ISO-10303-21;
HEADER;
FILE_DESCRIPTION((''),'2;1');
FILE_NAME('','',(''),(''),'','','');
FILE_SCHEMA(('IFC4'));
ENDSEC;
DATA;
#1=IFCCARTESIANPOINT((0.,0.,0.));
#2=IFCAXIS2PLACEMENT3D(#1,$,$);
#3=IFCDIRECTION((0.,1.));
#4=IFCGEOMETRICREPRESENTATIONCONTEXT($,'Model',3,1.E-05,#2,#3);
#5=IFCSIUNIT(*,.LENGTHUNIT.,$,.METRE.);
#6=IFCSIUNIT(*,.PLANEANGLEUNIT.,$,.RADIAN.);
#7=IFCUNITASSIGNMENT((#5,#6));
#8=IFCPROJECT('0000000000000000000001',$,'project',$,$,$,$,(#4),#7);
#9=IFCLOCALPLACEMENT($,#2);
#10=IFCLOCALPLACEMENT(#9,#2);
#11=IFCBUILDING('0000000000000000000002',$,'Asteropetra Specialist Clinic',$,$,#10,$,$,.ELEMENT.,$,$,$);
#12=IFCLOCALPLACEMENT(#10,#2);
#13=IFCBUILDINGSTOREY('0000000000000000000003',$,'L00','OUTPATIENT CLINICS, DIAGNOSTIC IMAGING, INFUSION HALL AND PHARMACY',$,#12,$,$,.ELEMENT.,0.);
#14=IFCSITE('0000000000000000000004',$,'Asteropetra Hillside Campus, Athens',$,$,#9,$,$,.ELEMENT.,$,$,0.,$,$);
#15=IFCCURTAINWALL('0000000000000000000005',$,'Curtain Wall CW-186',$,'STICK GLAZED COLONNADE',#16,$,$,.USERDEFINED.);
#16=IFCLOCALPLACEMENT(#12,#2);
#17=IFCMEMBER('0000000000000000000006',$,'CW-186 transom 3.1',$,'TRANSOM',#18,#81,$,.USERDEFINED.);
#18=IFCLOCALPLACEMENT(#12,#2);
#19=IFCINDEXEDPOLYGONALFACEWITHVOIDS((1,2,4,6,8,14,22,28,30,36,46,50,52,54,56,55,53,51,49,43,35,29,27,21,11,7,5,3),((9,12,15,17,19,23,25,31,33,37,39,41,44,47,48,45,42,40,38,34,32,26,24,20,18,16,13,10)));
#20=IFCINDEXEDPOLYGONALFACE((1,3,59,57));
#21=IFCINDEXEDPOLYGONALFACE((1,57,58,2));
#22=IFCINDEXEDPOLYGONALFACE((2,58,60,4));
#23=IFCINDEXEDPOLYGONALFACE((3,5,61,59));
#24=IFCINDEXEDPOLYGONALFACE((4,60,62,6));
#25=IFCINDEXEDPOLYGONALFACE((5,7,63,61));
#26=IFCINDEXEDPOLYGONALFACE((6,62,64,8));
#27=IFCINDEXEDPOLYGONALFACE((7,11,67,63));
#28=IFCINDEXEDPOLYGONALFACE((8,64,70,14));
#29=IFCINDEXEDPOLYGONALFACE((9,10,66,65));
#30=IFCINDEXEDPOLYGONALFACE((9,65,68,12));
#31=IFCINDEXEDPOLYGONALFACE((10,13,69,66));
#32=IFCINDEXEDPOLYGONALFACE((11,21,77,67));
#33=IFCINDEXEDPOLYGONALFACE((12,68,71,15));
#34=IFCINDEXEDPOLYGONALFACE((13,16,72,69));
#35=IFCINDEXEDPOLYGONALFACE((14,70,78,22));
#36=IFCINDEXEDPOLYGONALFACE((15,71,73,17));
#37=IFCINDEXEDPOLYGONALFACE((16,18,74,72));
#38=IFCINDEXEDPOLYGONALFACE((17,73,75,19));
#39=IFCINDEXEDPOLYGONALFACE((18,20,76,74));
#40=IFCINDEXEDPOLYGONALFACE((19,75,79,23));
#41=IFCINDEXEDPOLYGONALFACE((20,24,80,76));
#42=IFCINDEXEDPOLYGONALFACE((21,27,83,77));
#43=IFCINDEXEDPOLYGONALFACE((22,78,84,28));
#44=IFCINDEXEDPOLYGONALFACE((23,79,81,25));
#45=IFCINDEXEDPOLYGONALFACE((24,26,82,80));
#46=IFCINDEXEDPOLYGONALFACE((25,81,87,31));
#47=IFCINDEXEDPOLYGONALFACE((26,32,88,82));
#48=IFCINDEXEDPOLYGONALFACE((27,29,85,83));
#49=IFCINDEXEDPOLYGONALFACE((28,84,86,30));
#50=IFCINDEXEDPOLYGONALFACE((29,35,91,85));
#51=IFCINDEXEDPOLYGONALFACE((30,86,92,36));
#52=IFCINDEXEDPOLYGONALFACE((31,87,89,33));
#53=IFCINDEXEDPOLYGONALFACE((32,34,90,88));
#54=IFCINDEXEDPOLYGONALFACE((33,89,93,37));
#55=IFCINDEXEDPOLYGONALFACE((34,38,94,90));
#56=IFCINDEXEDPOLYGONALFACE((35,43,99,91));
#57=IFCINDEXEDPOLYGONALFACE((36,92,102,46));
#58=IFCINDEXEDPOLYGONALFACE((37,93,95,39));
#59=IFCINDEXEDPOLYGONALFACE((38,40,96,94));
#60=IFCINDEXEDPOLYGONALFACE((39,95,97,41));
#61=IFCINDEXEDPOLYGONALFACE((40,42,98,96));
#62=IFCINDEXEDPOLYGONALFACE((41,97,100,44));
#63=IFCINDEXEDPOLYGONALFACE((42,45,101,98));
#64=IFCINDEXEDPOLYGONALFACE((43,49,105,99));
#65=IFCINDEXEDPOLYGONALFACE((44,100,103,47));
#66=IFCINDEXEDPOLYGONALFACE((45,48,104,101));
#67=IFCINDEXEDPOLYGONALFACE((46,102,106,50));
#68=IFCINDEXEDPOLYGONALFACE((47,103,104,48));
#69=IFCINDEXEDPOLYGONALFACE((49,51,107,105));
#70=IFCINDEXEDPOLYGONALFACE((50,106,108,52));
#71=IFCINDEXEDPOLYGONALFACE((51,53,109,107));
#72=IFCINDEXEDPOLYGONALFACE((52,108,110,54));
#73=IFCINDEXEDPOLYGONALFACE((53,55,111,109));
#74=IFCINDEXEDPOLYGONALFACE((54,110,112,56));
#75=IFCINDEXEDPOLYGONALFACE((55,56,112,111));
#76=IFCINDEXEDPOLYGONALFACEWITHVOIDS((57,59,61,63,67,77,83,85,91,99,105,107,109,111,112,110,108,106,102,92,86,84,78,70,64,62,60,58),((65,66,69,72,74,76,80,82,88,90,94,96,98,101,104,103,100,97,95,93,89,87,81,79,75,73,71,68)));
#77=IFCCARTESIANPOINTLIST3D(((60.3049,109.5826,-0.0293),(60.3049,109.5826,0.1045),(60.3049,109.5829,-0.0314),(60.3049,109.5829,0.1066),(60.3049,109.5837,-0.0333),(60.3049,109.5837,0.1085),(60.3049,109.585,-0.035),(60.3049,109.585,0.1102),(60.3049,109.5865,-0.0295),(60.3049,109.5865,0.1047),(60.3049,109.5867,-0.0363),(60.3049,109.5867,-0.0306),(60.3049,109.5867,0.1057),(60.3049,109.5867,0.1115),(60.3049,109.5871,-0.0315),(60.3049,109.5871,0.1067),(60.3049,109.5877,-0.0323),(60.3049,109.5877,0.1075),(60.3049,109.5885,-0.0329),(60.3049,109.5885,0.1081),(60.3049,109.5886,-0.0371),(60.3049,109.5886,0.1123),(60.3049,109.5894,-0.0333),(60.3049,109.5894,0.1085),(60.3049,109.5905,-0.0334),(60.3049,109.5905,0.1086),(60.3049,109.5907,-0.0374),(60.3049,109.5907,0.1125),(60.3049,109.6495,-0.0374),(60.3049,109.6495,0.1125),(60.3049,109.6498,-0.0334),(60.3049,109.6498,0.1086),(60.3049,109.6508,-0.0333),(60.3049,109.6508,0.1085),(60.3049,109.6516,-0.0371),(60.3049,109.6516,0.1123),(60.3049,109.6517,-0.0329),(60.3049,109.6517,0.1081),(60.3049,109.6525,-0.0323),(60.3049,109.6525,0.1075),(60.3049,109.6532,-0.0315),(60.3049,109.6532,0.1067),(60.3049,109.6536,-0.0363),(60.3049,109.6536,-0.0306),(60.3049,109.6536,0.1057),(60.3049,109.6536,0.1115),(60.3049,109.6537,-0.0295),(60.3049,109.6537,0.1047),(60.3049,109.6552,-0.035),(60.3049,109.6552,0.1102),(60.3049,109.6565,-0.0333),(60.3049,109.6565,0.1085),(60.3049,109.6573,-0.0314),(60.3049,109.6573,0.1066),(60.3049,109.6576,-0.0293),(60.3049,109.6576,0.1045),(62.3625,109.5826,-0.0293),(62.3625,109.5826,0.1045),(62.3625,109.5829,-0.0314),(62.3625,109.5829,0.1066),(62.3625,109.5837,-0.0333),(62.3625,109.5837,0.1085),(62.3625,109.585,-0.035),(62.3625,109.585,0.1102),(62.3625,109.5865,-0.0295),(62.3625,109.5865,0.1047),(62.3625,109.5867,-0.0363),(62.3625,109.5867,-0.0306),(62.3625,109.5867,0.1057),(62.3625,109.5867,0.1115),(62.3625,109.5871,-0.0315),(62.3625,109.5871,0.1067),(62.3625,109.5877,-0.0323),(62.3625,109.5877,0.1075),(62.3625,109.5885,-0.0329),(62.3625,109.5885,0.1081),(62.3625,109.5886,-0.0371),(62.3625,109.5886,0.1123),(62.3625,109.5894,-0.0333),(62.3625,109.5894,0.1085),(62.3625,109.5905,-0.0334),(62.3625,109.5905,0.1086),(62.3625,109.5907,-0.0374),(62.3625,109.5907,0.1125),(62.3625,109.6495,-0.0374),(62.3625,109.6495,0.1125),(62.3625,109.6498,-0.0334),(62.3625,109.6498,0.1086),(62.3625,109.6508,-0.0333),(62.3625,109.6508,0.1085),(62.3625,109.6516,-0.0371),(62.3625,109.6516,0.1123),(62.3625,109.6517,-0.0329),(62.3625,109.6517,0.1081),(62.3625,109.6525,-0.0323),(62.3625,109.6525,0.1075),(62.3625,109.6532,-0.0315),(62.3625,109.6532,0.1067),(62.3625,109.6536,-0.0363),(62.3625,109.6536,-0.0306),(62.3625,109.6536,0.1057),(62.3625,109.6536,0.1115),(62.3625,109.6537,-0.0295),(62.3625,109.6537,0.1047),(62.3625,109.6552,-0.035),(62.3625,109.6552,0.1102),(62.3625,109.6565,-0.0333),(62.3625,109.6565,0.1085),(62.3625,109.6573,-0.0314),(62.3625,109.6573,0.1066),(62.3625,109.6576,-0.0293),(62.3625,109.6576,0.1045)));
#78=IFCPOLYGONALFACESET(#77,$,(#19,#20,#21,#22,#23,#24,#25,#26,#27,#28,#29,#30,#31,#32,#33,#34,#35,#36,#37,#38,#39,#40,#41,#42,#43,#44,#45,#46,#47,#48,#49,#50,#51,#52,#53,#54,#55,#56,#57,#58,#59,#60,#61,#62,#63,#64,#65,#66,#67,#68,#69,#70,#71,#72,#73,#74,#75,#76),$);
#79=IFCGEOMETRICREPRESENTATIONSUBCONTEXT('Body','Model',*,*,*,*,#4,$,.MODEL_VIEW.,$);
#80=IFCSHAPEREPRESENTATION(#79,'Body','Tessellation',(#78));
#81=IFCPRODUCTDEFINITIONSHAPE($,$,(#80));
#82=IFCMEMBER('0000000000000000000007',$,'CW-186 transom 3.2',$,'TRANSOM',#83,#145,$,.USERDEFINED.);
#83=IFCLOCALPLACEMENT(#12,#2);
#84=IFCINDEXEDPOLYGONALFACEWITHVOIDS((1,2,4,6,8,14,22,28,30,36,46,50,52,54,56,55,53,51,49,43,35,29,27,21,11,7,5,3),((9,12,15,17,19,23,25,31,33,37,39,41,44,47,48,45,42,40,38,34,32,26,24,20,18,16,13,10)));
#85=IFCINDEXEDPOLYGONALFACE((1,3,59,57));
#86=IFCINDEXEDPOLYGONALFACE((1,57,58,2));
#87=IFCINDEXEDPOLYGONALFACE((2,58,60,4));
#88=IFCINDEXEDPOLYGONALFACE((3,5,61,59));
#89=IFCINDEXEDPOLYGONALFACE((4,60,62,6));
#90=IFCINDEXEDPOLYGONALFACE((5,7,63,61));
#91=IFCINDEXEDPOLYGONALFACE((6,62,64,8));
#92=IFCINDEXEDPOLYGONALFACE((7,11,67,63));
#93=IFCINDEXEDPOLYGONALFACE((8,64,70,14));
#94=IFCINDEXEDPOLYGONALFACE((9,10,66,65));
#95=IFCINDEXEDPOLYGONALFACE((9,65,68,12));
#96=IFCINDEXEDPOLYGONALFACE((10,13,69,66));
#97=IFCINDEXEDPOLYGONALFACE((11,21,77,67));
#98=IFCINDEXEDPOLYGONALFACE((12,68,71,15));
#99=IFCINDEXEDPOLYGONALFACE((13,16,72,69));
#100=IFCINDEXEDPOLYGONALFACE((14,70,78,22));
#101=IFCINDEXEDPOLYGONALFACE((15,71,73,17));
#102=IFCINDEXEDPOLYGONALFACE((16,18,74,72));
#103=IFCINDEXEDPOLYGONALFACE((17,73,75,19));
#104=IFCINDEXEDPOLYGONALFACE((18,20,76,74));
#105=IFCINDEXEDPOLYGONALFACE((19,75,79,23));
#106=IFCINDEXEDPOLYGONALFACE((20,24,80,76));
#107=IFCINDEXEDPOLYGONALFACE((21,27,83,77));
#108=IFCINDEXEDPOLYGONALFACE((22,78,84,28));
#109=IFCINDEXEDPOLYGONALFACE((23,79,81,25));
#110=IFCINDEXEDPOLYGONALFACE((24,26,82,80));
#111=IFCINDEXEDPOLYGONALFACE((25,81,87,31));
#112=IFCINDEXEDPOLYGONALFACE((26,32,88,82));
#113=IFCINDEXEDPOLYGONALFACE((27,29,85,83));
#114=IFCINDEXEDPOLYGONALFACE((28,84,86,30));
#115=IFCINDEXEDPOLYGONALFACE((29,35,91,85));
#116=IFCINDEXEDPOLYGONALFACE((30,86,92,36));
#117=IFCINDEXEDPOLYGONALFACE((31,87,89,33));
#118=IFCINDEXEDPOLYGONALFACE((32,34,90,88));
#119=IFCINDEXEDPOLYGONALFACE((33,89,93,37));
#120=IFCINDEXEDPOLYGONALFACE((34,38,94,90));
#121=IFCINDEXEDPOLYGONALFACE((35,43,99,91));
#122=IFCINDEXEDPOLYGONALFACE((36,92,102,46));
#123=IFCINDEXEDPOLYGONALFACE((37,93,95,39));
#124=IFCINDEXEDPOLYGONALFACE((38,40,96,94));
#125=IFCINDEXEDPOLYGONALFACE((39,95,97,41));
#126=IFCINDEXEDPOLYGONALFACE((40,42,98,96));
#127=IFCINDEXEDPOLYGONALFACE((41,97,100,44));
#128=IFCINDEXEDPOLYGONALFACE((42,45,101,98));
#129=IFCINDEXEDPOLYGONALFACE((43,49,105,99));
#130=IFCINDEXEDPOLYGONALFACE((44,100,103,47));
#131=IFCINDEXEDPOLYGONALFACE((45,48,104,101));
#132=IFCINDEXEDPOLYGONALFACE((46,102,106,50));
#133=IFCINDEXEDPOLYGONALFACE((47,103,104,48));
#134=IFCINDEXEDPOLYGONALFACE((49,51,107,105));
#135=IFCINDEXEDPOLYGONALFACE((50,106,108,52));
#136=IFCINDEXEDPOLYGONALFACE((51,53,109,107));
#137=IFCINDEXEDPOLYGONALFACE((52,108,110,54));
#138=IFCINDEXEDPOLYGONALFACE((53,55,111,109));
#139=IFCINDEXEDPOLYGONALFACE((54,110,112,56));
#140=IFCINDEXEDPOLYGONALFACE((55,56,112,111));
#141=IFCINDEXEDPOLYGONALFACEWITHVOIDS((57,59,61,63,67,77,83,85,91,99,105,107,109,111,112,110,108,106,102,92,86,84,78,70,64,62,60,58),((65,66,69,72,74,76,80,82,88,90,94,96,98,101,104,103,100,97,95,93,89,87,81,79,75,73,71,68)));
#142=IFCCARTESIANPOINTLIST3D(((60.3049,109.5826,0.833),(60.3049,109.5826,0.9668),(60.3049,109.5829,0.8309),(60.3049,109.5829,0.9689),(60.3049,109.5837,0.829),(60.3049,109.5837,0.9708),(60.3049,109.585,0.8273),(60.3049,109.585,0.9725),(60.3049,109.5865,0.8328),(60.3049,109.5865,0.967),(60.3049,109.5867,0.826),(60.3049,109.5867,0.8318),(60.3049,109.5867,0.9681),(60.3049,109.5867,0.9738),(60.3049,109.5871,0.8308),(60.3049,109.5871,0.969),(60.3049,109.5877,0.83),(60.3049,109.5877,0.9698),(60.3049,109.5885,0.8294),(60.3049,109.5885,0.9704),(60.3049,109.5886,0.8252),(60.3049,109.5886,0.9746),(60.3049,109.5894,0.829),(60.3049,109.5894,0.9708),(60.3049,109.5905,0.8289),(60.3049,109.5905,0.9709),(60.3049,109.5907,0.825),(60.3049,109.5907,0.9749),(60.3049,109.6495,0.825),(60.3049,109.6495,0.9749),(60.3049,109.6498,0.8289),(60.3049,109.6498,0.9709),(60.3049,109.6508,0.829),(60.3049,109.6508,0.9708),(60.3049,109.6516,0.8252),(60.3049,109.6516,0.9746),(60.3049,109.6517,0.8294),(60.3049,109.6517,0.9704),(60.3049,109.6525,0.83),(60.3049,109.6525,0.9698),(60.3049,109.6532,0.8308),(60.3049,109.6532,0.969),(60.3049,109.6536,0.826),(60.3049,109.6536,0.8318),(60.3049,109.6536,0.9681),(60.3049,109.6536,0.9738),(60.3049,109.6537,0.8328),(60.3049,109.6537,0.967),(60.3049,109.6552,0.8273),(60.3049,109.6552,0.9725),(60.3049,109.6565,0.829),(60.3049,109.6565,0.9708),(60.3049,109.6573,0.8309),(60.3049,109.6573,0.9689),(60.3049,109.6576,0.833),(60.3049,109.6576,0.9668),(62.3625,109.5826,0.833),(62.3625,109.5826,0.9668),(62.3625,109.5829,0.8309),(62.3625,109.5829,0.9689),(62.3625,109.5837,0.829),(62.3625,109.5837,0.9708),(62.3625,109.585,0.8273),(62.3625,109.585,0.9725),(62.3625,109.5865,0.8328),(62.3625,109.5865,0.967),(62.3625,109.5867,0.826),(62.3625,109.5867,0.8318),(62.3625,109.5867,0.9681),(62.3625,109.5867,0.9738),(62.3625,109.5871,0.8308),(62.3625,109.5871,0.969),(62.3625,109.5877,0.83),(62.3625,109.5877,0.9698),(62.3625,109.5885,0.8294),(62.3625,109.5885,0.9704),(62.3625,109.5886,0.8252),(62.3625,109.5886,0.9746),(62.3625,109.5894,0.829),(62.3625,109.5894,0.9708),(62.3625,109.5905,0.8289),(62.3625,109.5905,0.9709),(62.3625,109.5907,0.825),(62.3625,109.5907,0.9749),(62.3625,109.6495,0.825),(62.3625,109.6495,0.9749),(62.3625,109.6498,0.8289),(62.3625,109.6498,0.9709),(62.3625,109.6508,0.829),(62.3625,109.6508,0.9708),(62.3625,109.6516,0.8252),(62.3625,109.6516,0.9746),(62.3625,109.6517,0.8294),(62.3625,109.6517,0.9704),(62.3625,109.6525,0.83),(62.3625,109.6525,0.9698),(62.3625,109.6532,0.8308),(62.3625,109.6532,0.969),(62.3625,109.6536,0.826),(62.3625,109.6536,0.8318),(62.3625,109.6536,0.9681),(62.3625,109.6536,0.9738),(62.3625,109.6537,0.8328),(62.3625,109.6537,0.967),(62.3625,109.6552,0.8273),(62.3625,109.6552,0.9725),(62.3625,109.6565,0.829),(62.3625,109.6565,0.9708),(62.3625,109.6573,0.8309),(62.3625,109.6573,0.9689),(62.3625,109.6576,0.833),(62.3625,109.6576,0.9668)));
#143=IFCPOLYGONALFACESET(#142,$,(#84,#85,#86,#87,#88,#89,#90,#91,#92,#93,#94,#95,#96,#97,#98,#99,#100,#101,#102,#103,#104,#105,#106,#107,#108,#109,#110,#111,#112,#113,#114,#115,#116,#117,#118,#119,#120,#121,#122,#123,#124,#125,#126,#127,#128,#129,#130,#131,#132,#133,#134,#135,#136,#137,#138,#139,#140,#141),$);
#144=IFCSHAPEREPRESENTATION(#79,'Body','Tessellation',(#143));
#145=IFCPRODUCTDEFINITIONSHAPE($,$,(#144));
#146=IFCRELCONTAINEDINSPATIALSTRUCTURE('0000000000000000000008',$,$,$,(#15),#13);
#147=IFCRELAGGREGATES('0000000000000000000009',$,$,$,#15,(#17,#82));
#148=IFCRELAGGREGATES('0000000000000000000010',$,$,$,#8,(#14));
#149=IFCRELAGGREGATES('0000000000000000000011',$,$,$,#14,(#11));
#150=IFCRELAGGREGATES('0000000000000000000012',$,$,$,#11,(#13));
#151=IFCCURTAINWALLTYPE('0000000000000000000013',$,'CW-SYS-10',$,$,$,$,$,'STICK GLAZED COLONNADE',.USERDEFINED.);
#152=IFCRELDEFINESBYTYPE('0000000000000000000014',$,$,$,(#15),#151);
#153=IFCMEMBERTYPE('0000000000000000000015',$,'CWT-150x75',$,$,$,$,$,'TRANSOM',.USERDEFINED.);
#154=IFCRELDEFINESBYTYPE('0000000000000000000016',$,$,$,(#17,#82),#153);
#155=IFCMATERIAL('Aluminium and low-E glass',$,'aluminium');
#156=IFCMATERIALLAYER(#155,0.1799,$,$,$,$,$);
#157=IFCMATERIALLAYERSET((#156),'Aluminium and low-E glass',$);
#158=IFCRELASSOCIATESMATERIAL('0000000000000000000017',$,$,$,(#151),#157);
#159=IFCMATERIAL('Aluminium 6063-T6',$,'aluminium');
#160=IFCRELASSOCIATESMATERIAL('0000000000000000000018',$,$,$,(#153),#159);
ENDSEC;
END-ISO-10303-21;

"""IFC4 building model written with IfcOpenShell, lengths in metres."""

from ifc_helpers import new_model, si_unit, direction, frame, origin, origin_2d, place, context, subcontext, project, spatial, hollow_rectangle, extrude, material, layer, layer_set, material_profile, profile_set, type_object, element, aggregate, save


model = new_model("IFC4")

# Units and contexts
model_context = context("Model", 3, precision=1e-05, world=origin(), true_north=direction((0.0, 1.0)))
body_context = subcontext(model_context, "Body", "Model", "MODEL_VIEW")
ifc_project = project(units=[si_unit("LENGTHUNIT", "METRE"), si_unit("PLANEANGLEUNIT", "RADIAN")], contexts=[model_context])

# Site, building, storey
site_placement = place(None, origin())
site = spatial("IfcSite", under=ifc_project, at=site_placement, Name="Asteropetra Hillside Campus, Athens", CompositionType="ELEMENT", RefElevation=0.0)
building_placement = place(site_placement, origin())
building = spatial("IfcBuilding", under=site, at=building_placement, Name="Asteropetra Specialist Clinic", CompositionType="ELEMENT")
storey_placement = place(building_placement, origin())
storey = spatial("IfcBuildingStorey", under=building, at=storey_placement, Name="L00", Description="OUTPATIENT CLINICS, DIAGNOSTIC IMAGING, INFUSION HALL AND PHARMACY", CompositionType="ELEMENT", Elevation=0.0)

# Curtain wall, members
ifc_material_1 = material(Name="Aluminium and low-E glass", Category="aluminium")
ifc_layer_1 = layer(ifc_material_1, 0.1799)
ifc_layer_set_1 = layer_set([ifc_layer_1], Name="Aluminium and low-E glass")
curtain_wall_type = type_object("IfcCurtainWallType", Name="CW-SYS-10", ElementType="STICK GLAZED COLONNADE", PredefinedType="USERDEFINED", material=ifc_layer_set_1)
curtain_wall_placement = place(storey_placement, origin())
curtain_wall = element("IfcCurtainWall", 1, at=curtain_wall_placement, inside=storey, type_object=curtain_wall_type, Name="Curtain Wall CW-186", ObjectType="STICK GLAZED COLONNADE", PredefinedType="USERDEFINED")
ifc_material_2 = material(Name="Aluminium 6063-T6", Category="aluminium")
ifc_material_profile_1 = material_profile(ifc_material_2, hollow_rectangle(XDim=0.075, YDim=0.1499, WallThickness=0.0039, InnerFilletRadius=0.0039, OuterFilletRadius=0.0081, at=origin_2d()), Name="TRN 150x75x4.0")
ifc_profile_set_1 = profile_set([ifc_material_profile_1], Name="Aluminium 6063-T6")
member_type_1 = type_object("IfcMemberType", Name="CWT-150x75", ElementType="TRANSOM", PredefinedType="USERDEFINED", material=ifc_profile_set_1)
member_1_placement = place(storey_placement, frame((62.3625, 109.6201, 0.0376), z_axis=(-1.0, 0.0, 0.0), x_axis=(0.0, -1.0, 0.0)))
member_1 = element("IfcMember", 2, at=member_1_placement, type_object=member_type_1, Name="CW-186 transom 3.1", ObjectType="TRANSOM", PredefinedType="USERDEFINED", context=body_context, shape_type="SweptSolid", body=[
    extrude(hollow_rectangle(XDim=0.075, YDim=0.1499, WallThickness=0.0039, InnerFilletRadius=0.0039, OuterFilletRadius=0.0081, at=origin_2d()), origin(), (0.0, 0.0, 1.0), 2.0576),
])
member_2_placement = place(storey_placement, frame((62.3625, 109.6201, 0.8999), z_axis=(-1.0, 0.0, 0.0), x_axis=(0.0, -1.0, 0.0)))
member_2 = element("IfcMember", 3, at=member_2_placement, type_object=member_type_1, Name="CW-186 transom 3.2", ObjectType="TRANSOM", PredefinedType="USERDEFINED", context=body_context, shape_type="SweptSolid", body=[
    extrude(hollow_rectangle(XDim=0.075, YDim=0.1499, WallThickness=0.0039, InnerFilletRadius=0.0039, OuterFilletRadius=0.0081, at=origin_2d()), origin(), (0.0, 0.0, 1.0), 2.0576),
])
aggregate(curtain_wall, [member_1, member_2])

save(model, "model.ifc")
